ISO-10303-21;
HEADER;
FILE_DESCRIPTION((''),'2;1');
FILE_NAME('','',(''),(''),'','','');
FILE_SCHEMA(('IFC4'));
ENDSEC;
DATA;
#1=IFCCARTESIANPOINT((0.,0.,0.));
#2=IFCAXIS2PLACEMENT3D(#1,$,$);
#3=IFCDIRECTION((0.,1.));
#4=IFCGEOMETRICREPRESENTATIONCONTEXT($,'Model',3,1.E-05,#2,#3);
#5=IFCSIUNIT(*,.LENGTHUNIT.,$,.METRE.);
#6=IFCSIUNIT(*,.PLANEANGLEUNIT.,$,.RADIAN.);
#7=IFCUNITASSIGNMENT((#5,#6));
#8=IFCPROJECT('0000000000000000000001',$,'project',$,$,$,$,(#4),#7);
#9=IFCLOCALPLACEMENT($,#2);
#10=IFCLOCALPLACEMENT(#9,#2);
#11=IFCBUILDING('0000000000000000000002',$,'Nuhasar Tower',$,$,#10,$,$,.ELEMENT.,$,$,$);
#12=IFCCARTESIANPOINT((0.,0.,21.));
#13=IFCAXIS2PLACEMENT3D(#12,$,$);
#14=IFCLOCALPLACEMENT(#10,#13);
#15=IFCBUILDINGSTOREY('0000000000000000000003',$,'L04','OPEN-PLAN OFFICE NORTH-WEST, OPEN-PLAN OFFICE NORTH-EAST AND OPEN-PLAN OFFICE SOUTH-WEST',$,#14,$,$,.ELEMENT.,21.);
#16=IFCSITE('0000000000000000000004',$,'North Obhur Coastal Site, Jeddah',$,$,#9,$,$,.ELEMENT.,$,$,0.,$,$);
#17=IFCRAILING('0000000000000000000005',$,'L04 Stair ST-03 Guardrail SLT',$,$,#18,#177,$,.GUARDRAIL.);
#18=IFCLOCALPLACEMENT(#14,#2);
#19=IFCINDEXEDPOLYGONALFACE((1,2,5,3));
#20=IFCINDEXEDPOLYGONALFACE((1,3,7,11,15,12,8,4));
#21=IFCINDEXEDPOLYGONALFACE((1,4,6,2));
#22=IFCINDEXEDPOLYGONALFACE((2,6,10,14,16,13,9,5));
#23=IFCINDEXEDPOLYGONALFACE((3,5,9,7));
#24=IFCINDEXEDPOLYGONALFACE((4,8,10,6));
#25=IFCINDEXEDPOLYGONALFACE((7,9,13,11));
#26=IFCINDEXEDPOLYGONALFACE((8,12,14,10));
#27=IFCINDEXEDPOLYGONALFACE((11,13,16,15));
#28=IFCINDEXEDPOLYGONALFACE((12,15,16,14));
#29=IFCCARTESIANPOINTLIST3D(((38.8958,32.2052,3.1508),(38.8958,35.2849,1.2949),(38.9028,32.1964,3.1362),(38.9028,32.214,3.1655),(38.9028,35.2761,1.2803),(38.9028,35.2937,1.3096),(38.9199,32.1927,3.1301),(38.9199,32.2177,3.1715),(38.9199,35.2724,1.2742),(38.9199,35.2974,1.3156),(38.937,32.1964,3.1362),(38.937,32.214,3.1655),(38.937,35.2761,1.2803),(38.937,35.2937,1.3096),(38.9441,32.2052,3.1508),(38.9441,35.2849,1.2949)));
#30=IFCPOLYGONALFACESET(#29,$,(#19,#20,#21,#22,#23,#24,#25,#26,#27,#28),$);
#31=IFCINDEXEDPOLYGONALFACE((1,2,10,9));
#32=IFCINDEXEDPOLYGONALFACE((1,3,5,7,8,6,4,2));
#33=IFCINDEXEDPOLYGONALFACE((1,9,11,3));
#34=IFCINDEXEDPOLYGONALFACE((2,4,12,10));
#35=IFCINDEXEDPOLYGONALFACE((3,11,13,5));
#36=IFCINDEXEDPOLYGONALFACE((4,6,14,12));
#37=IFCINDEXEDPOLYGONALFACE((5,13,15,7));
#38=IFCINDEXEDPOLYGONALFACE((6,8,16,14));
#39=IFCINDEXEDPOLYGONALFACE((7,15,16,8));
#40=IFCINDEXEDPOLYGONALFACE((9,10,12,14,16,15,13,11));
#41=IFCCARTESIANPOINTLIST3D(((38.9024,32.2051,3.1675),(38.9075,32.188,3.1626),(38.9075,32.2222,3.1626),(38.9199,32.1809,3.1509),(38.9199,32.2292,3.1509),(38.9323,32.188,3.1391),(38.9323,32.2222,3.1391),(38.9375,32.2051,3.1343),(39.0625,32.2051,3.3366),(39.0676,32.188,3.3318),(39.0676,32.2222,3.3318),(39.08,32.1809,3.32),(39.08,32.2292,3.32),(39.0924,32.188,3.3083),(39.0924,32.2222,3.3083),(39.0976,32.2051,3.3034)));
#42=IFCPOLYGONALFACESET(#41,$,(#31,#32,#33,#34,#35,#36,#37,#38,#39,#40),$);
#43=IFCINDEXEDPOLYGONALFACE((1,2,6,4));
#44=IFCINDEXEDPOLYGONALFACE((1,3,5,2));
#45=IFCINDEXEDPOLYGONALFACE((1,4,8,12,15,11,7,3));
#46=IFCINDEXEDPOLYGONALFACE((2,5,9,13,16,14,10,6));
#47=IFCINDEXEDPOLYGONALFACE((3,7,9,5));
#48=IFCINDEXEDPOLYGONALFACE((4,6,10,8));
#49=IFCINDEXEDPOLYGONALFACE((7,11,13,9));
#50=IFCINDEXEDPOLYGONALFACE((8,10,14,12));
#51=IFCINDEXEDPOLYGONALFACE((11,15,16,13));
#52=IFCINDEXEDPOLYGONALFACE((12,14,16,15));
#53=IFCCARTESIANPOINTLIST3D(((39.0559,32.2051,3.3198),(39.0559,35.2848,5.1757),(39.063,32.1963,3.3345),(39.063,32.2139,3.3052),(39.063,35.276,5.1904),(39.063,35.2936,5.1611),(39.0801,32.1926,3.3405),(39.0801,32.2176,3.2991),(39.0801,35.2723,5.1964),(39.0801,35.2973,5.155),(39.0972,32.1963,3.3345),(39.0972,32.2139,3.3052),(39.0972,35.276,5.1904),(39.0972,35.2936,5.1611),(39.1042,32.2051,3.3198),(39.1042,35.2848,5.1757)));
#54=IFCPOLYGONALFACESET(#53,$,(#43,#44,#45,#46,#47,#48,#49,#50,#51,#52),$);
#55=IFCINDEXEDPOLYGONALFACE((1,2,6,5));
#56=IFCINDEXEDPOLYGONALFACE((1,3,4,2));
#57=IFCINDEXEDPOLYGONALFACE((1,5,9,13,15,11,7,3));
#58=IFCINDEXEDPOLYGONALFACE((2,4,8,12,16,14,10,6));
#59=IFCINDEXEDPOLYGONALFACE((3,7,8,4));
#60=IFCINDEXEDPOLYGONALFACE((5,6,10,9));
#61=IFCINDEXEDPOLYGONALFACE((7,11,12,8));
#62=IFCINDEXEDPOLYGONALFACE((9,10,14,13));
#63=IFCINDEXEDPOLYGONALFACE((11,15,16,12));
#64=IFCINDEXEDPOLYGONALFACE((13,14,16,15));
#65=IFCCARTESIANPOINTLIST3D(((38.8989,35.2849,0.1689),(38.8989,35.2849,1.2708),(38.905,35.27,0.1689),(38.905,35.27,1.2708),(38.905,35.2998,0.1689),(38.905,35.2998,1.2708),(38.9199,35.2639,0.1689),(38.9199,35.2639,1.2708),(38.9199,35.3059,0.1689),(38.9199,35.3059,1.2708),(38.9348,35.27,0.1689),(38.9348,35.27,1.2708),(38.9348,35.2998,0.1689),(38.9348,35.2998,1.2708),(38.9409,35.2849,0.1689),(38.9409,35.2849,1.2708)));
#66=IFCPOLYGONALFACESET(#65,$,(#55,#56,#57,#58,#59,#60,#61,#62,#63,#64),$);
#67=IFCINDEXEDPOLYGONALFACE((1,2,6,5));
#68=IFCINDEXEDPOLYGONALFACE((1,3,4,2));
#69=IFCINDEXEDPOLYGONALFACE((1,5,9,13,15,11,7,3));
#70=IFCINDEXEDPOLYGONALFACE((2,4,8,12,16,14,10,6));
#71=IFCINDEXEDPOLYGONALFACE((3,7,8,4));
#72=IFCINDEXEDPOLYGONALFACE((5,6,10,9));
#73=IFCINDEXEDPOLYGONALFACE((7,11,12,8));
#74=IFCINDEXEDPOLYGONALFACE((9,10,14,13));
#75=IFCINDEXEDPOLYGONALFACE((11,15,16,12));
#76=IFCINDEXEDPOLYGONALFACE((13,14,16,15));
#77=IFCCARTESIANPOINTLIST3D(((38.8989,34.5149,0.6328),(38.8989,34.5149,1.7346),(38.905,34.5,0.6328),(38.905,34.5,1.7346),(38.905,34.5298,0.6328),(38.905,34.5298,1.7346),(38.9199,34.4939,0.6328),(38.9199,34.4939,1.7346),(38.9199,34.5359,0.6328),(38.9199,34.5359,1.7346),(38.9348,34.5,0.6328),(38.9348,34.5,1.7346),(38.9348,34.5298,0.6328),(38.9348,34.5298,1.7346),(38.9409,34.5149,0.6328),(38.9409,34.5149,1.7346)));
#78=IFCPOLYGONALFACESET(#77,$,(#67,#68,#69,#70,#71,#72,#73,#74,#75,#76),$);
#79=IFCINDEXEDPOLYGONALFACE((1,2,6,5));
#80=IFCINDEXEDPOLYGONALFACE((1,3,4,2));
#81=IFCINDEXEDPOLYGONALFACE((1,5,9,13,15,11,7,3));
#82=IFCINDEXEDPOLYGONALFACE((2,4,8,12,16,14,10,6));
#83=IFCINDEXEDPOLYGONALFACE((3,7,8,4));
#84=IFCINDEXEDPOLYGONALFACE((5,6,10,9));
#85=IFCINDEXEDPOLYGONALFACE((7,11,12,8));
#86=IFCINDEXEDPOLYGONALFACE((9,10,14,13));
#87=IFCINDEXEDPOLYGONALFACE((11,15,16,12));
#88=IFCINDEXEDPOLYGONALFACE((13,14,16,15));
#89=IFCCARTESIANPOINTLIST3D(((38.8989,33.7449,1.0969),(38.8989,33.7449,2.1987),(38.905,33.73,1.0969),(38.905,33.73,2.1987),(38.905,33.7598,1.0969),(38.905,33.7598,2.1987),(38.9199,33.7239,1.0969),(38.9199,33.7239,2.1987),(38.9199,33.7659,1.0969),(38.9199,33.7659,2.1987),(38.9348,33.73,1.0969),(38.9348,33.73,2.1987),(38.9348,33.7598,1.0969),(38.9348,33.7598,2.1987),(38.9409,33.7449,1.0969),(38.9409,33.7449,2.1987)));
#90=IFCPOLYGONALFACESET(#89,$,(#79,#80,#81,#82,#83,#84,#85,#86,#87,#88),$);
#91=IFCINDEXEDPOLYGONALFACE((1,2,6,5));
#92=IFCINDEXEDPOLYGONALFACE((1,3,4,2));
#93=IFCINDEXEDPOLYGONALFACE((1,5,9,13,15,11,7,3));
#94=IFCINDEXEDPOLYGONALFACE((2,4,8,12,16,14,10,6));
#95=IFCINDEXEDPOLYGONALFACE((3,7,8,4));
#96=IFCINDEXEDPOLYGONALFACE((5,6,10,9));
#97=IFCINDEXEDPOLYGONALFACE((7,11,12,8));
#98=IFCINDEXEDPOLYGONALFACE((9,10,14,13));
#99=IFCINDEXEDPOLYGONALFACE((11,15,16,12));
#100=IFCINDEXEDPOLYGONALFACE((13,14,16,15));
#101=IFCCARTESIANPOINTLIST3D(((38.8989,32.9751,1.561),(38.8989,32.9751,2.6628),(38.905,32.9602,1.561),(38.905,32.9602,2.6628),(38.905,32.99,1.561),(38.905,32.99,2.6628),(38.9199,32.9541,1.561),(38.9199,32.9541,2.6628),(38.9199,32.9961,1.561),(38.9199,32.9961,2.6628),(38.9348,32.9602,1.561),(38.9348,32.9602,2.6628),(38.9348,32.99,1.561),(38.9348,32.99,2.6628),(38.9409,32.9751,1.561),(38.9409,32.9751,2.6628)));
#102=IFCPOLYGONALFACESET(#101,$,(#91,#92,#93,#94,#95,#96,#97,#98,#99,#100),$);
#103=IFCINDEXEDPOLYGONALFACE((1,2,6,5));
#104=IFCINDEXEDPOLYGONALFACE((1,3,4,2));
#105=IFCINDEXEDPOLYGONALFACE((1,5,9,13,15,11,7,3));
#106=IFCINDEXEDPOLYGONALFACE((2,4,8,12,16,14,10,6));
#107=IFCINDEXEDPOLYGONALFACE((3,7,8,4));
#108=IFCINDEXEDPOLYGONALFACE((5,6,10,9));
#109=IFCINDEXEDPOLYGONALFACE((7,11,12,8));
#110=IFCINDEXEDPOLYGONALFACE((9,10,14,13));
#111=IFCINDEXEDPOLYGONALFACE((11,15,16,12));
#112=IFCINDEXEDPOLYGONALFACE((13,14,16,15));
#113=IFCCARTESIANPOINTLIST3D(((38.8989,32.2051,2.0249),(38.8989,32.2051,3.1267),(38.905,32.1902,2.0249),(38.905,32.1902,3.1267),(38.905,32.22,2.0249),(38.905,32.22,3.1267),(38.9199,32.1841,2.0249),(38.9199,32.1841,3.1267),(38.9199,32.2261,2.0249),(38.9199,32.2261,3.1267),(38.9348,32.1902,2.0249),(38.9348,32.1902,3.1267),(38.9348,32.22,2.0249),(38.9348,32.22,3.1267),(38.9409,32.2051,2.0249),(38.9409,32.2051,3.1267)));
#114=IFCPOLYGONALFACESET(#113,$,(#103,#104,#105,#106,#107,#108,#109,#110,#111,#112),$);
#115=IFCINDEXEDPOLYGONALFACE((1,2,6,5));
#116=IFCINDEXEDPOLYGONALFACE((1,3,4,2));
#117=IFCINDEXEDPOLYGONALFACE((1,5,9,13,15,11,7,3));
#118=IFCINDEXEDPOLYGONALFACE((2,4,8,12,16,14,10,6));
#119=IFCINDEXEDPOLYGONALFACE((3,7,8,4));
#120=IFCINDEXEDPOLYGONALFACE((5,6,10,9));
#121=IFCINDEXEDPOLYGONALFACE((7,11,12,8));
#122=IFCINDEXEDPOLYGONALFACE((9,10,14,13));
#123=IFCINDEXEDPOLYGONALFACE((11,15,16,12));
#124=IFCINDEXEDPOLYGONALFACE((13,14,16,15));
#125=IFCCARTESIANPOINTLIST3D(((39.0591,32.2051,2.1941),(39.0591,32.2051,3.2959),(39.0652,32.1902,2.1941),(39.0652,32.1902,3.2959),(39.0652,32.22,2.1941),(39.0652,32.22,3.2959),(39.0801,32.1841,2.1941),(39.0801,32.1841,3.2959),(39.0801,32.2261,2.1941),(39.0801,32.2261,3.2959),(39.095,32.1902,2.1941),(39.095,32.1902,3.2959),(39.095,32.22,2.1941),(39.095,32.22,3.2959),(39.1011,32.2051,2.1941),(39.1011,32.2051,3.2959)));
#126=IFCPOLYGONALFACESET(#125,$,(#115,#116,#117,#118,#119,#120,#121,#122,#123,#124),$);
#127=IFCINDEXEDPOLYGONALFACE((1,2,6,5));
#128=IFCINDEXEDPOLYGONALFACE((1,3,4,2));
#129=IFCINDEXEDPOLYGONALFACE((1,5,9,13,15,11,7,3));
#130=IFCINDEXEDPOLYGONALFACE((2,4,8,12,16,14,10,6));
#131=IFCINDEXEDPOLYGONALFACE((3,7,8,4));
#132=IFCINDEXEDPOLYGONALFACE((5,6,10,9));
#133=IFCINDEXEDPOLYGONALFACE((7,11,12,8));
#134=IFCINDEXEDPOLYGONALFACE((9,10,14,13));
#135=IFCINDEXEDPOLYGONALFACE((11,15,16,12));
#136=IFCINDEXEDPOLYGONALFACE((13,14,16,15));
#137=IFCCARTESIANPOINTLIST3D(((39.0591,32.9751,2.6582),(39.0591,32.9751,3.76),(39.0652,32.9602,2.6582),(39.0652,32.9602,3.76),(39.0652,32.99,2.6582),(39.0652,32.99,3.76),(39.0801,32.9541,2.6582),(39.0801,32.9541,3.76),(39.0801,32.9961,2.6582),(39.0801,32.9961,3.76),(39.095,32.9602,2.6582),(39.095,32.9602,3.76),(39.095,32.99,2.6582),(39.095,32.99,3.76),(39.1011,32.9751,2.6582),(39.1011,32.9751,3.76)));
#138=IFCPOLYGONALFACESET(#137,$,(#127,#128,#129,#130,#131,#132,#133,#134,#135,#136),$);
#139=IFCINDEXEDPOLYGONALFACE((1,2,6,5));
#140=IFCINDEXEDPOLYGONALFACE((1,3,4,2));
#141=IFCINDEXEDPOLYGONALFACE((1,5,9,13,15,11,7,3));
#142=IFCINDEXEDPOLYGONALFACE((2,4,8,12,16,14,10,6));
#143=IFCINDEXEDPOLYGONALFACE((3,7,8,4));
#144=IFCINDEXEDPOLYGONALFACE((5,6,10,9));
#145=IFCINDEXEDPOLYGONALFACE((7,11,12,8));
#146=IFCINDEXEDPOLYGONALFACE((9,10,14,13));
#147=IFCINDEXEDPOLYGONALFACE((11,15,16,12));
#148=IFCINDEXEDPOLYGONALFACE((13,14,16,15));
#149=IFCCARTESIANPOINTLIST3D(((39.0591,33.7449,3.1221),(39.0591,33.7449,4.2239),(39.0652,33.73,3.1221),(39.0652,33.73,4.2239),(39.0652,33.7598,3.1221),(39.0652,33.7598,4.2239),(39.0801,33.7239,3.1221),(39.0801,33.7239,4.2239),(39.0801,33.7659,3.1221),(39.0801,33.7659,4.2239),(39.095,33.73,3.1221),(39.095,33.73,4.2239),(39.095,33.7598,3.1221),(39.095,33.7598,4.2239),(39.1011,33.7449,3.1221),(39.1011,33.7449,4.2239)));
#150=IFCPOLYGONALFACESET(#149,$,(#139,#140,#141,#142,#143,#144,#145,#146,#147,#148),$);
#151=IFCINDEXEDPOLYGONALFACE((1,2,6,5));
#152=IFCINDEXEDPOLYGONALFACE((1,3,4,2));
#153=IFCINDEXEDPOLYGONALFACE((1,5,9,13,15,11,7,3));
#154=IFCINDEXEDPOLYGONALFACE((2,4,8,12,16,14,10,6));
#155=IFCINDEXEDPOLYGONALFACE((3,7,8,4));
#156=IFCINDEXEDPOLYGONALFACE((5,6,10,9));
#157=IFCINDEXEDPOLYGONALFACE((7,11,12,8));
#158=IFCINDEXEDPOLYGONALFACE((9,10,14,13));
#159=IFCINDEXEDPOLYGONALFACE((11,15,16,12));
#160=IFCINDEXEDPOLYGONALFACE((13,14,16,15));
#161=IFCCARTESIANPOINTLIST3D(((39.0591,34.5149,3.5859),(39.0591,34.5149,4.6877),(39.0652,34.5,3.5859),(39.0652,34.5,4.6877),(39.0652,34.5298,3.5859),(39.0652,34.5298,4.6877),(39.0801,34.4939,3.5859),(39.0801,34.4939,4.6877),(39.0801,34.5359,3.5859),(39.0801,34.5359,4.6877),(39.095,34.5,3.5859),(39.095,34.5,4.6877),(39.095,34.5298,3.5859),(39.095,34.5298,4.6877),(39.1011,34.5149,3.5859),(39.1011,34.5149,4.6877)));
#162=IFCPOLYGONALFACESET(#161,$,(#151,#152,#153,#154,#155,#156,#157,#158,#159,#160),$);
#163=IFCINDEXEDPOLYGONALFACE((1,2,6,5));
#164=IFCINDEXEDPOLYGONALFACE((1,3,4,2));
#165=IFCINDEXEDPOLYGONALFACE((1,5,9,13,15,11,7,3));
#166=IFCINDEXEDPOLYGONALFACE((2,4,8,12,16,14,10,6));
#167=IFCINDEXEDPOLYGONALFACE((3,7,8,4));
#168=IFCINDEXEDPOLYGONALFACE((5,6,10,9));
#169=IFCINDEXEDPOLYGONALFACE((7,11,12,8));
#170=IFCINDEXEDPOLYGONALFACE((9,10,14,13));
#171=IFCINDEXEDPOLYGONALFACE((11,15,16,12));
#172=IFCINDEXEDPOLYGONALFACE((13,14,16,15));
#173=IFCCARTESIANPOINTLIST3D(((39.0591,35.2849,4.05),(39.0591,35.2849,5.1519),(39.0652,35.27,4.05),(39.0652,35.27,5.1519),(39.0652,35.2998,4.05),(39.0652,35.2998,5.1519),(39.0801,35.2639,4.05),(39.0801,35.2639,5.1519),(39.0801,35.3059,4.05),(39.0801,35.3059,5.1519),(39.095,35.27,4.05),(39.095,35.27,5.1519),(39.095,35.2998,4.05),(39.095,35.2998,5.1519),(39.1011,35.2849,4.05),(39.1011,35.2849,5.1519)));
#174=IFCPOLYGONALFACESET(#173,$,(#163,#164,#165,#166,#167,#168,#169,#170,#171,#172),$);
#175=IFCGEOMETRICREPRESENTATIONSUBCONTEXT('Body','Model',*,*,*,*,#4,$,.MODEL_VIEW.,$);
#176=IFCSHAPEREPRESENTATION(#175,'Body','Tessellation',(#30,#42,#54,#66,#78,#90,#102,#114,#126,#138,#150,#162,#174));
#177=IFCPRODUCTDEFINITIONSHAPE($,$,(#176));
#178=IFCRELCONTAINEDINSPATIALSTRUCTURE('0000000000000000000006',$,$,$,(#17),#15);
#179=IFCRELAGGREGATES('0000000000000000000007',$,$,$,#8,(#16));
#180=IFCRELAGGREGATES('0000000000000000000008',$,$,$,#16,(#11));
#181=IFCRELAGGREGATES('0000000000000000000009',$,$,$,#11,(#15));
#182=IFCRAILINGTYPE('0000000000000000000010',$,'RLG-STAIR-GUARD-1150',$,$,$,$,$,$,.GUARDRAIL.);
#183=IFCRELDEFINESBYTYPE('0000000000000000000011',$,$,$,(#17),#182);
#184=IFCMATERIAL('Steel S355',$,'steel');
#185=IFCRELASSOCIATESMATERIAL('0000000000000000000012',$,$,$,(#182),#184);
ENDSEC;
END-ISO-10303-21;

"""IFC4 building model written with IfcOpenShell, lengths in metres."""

from ifc_helpers import new_model, si_unit, direction, frame, origin, place, context, subcontext, project, spatial, polyline, outline, extrude, material, type_object, element, save


model = new_model("IFC4")

# Units and contexts
model_context = context("Model", 3, precision=1e-05, world=origin(), true_north=direction((0.0, 1.0)))
body_context = subcontext(model_context, "Body", "Model", "MODEL_VIEW")
ifc_project = project(units=[si_unit("LENGTHUNIT", "METRE"), si_unit("PLANEANGLEUNIT", "RADIAN")], contexts=[model_context])

# Site, building, storey
site_placement = place(None, origin())
site = spatial("IfcSite", under=ifc_project, at=site_placement, Name="North Obhur Coastal Site, Jeddah", CompositionType="ELEMENT", RefElevation=0.0)
building_placement = place(site_placement, origin())
building = spatial("IfcBuilding", under=site, at=building_placement, Name="Nuhasar Tower", CompositionType="ELEMENT")
storey_placement = place(building_placement, frame((0.0, 0.0, 21.0)))
storey = spatial("IfcBuildingStorey", under=building, at=storey_placement, Name="L04", Description="OPEN-PLAN OFFICE NORTH-WEST, OPEN-PLAN OFFICE NORTH-EAST AND OPEN-PLAN OFFICE SOUTH-WEST", CompositionType="ELEMENT", Elevation=21.0)

# Shared definitions
ifc_material_1 = material(Name="Steel S355", Category="steel")

# Railing
railing_type_1 = type_object("IfcRailingType", Name="RLG-STAIR-GUARD-1150", PredefinedType="GUARDRAIL", material=ifc_material_1)
railing_1_placement = place(storey_placement, frame((38.9199, 35.2849, 0.1689)))
element("IfcRailing", 1, at=railing_1_placement, inside=storey, type_object=railing_type_1, Name="L04 Stair ST-03 Guardrail SLT", PredefinedType="GUARDRAIL", context=body_context, shape_type="SweptSolid", body=[
    extrude(outline(polyline([(0.0242, 0.0), (0.0171, 0.0171), (0.0, 0.0242), (-0.0171, 0.0171), (-0.0242, 0.0), (-0.0171, -0.0171), (0.0, -0.0242), (0.0171, -0.0171), (0.0242, 0.0)])), frame((0.0, 0.0, 1.126), z_axis=(0.0, -0.856503, 0.516142), x_axis=(1.0, 0.0, 0.0)), (0.0, 0.0, 1.0), 3.5957),
    extrude(outline(polyline([(0.0242, 0.0), (0.0171, 0.0171), (0.0, 0.0242), (-0.0171, 0.0171), (-0.0242, 0.0), (-0.0171, -0.0171), (0.0, -0.0242), (0.0171, -0.0171), (0.0242, 0.0)])), frame((0.0, -3.0798, 2.9819), z_axis=(0.687454, 0.0, 0.726228), x_axis=(0.0, 1.0, 0.0)), (0.0, 0.0, 1.0), 0.2329),
    extrude(outline(polyline([(0.0242, 0.0), (0.0171, 0.0171), (0.0, 0.0242), (-0.0171, 0.0171), (-0.0242, 0.0), (-0.0171, -0.0171), (0.0, -0.0242), (0.0171, -0.0171), (0.0242, 0.0)])), frame((0.1602, -3.0798, 3.1509), z_axis=(0.0, 0.856503, 0.516142), x_axis=(-1.0, 0.0, 0.0)), (0.0, 0.0, 1.0), 3.5957),
    extrude(outline(polyline([(0.021, 0.0), (0.0149, 0.0149), (0.0, 0.021), (-0.0149, 0.0149), (-0.021, 0.0), (-0.0149, -0.0149), (0.0, -0.021), (0.0149, -0.0149), (0.021, 0.0)])), origin(), (0.0, 0.0, 1.0), 1.1018),
    extrude(outline(polyline([(0.021, 0.0), (0.0149, 0.0149), (0.0, 0.021), (-0.0149, 0.0149), (-0.021, 0.0), (-0.0149, -0.0149), (0.0, -0.021), (0.0149, -0.0149), (0.021, 0.0)])), frame((0.0, -0.77, 0.4639)), (0.0, 0.0, 1.0), 1.1018),
    extrude(outline(polyline([(0.021, 0.0), (0.0149, 0.0149), (0.0, 0.021), (-0.0149, 0.0149), (-0.021, 0.0), (-0.0149, -0.0149), (0.0, -0.021), (0.0149, -0.0149), (0.021, 0.0)])), frame((0.0, -1.54, 0.928)), (0.0, 0.0, 1.0), 1.1018),
    extrude(outline(polyline([(0.021, 0.0), (0.0149, 0.0149), (0.0, 0.021), (-0.0149, 0.0149), (-0.021, 0.0), (-0.0149, -0.0149), (0.0, -0.021), (0.0149, -0.0149), (0.021, 0.0)])), frame((0.0, -2.3098, 1.3921)), (0.0, 0.0, 1.0), 1.1018),
    extrude(outline(polyline([(0.021, 0.0), (0.0149, 0.0149), (0.0, 0.021), (-0.0149, 0.0149), (-0.021, 0.0), (-0.0149, -0.0149), (0.0, -0.021), (0.0149, -0.0149), (0.021, 0.0)])), frame((0.0, -3.0798, 1.856)), (0.0, 0.0, 1.0), 1.1018),
    extrude(outline(polyline([(0.021, 0.0), (0.0149, 0.0149), (0.0, 0.021), (-0.0149, 0.0149), (-0.021, 0.0), (-0.0149, -0.0149), (0.0, -0.021), (0.0149, -0.0149), (0.021, 0.0)])), frame((0.1602, -3.0798, 2.0251)), (0.0, 0.0, 1.0), 1.1018),
    extrude(outline(polyline([(0.021, 0.0), (0.0149, 0.0149), (0.0, 0.021), (-0.0149, 0.0149), (-0.021, 0.0), (-0.0149, -0.0149), (0.0, -0.021), (0.0149, -0.0149), (0.021, 0.0)])), frame((0.1602, -2.3098, 2.4893)), (0.0, 0.0, 1.0), 1.1018),
    extrude(outline(polyline([(0.021, 0.0), (0.0149, 0.0149), (0.0, 0.021), (-0.0149, 0.0149), (-0.021, 0.0), (-0.0149, -0.0149), (0.0, -0.021), (0.0149, -0.0149), (0.021, 0.0)])), frame((0.1602, -1.54, 2.9531)), (0.0, 0.0, 1.0), 1.1018),
    extrude(outline(polyline([(0.021, 0.0), (0.0149, 0.0149), (0.0, 0.021), (-0.0149, 0.0149), (-0.021, 0.0), (-0.0149, -0.0149), (0.0, -0.021), (0.0149, -0.0149), (0.021, 0.0)])), frame((0.1602, -0.77, 3.417)), (0.0, 0.0, 1.0), 1.1018),
    extrude(outline(polyline([(0.021, 0.0), (0.0149, 0.0149), (0.0, 0.021), (-0.0149, 0.0149), (-0.021, 0.0), (-0.0149, -0.0149), (0.0, -0.021), (0.0149, -0.0149), (0.021, 0.0)])), frame((0.1602, 0.0, 3.8811)), (0.0, 0.0, 1.0), 1.1018),
])

save(model, "model.ifc")
